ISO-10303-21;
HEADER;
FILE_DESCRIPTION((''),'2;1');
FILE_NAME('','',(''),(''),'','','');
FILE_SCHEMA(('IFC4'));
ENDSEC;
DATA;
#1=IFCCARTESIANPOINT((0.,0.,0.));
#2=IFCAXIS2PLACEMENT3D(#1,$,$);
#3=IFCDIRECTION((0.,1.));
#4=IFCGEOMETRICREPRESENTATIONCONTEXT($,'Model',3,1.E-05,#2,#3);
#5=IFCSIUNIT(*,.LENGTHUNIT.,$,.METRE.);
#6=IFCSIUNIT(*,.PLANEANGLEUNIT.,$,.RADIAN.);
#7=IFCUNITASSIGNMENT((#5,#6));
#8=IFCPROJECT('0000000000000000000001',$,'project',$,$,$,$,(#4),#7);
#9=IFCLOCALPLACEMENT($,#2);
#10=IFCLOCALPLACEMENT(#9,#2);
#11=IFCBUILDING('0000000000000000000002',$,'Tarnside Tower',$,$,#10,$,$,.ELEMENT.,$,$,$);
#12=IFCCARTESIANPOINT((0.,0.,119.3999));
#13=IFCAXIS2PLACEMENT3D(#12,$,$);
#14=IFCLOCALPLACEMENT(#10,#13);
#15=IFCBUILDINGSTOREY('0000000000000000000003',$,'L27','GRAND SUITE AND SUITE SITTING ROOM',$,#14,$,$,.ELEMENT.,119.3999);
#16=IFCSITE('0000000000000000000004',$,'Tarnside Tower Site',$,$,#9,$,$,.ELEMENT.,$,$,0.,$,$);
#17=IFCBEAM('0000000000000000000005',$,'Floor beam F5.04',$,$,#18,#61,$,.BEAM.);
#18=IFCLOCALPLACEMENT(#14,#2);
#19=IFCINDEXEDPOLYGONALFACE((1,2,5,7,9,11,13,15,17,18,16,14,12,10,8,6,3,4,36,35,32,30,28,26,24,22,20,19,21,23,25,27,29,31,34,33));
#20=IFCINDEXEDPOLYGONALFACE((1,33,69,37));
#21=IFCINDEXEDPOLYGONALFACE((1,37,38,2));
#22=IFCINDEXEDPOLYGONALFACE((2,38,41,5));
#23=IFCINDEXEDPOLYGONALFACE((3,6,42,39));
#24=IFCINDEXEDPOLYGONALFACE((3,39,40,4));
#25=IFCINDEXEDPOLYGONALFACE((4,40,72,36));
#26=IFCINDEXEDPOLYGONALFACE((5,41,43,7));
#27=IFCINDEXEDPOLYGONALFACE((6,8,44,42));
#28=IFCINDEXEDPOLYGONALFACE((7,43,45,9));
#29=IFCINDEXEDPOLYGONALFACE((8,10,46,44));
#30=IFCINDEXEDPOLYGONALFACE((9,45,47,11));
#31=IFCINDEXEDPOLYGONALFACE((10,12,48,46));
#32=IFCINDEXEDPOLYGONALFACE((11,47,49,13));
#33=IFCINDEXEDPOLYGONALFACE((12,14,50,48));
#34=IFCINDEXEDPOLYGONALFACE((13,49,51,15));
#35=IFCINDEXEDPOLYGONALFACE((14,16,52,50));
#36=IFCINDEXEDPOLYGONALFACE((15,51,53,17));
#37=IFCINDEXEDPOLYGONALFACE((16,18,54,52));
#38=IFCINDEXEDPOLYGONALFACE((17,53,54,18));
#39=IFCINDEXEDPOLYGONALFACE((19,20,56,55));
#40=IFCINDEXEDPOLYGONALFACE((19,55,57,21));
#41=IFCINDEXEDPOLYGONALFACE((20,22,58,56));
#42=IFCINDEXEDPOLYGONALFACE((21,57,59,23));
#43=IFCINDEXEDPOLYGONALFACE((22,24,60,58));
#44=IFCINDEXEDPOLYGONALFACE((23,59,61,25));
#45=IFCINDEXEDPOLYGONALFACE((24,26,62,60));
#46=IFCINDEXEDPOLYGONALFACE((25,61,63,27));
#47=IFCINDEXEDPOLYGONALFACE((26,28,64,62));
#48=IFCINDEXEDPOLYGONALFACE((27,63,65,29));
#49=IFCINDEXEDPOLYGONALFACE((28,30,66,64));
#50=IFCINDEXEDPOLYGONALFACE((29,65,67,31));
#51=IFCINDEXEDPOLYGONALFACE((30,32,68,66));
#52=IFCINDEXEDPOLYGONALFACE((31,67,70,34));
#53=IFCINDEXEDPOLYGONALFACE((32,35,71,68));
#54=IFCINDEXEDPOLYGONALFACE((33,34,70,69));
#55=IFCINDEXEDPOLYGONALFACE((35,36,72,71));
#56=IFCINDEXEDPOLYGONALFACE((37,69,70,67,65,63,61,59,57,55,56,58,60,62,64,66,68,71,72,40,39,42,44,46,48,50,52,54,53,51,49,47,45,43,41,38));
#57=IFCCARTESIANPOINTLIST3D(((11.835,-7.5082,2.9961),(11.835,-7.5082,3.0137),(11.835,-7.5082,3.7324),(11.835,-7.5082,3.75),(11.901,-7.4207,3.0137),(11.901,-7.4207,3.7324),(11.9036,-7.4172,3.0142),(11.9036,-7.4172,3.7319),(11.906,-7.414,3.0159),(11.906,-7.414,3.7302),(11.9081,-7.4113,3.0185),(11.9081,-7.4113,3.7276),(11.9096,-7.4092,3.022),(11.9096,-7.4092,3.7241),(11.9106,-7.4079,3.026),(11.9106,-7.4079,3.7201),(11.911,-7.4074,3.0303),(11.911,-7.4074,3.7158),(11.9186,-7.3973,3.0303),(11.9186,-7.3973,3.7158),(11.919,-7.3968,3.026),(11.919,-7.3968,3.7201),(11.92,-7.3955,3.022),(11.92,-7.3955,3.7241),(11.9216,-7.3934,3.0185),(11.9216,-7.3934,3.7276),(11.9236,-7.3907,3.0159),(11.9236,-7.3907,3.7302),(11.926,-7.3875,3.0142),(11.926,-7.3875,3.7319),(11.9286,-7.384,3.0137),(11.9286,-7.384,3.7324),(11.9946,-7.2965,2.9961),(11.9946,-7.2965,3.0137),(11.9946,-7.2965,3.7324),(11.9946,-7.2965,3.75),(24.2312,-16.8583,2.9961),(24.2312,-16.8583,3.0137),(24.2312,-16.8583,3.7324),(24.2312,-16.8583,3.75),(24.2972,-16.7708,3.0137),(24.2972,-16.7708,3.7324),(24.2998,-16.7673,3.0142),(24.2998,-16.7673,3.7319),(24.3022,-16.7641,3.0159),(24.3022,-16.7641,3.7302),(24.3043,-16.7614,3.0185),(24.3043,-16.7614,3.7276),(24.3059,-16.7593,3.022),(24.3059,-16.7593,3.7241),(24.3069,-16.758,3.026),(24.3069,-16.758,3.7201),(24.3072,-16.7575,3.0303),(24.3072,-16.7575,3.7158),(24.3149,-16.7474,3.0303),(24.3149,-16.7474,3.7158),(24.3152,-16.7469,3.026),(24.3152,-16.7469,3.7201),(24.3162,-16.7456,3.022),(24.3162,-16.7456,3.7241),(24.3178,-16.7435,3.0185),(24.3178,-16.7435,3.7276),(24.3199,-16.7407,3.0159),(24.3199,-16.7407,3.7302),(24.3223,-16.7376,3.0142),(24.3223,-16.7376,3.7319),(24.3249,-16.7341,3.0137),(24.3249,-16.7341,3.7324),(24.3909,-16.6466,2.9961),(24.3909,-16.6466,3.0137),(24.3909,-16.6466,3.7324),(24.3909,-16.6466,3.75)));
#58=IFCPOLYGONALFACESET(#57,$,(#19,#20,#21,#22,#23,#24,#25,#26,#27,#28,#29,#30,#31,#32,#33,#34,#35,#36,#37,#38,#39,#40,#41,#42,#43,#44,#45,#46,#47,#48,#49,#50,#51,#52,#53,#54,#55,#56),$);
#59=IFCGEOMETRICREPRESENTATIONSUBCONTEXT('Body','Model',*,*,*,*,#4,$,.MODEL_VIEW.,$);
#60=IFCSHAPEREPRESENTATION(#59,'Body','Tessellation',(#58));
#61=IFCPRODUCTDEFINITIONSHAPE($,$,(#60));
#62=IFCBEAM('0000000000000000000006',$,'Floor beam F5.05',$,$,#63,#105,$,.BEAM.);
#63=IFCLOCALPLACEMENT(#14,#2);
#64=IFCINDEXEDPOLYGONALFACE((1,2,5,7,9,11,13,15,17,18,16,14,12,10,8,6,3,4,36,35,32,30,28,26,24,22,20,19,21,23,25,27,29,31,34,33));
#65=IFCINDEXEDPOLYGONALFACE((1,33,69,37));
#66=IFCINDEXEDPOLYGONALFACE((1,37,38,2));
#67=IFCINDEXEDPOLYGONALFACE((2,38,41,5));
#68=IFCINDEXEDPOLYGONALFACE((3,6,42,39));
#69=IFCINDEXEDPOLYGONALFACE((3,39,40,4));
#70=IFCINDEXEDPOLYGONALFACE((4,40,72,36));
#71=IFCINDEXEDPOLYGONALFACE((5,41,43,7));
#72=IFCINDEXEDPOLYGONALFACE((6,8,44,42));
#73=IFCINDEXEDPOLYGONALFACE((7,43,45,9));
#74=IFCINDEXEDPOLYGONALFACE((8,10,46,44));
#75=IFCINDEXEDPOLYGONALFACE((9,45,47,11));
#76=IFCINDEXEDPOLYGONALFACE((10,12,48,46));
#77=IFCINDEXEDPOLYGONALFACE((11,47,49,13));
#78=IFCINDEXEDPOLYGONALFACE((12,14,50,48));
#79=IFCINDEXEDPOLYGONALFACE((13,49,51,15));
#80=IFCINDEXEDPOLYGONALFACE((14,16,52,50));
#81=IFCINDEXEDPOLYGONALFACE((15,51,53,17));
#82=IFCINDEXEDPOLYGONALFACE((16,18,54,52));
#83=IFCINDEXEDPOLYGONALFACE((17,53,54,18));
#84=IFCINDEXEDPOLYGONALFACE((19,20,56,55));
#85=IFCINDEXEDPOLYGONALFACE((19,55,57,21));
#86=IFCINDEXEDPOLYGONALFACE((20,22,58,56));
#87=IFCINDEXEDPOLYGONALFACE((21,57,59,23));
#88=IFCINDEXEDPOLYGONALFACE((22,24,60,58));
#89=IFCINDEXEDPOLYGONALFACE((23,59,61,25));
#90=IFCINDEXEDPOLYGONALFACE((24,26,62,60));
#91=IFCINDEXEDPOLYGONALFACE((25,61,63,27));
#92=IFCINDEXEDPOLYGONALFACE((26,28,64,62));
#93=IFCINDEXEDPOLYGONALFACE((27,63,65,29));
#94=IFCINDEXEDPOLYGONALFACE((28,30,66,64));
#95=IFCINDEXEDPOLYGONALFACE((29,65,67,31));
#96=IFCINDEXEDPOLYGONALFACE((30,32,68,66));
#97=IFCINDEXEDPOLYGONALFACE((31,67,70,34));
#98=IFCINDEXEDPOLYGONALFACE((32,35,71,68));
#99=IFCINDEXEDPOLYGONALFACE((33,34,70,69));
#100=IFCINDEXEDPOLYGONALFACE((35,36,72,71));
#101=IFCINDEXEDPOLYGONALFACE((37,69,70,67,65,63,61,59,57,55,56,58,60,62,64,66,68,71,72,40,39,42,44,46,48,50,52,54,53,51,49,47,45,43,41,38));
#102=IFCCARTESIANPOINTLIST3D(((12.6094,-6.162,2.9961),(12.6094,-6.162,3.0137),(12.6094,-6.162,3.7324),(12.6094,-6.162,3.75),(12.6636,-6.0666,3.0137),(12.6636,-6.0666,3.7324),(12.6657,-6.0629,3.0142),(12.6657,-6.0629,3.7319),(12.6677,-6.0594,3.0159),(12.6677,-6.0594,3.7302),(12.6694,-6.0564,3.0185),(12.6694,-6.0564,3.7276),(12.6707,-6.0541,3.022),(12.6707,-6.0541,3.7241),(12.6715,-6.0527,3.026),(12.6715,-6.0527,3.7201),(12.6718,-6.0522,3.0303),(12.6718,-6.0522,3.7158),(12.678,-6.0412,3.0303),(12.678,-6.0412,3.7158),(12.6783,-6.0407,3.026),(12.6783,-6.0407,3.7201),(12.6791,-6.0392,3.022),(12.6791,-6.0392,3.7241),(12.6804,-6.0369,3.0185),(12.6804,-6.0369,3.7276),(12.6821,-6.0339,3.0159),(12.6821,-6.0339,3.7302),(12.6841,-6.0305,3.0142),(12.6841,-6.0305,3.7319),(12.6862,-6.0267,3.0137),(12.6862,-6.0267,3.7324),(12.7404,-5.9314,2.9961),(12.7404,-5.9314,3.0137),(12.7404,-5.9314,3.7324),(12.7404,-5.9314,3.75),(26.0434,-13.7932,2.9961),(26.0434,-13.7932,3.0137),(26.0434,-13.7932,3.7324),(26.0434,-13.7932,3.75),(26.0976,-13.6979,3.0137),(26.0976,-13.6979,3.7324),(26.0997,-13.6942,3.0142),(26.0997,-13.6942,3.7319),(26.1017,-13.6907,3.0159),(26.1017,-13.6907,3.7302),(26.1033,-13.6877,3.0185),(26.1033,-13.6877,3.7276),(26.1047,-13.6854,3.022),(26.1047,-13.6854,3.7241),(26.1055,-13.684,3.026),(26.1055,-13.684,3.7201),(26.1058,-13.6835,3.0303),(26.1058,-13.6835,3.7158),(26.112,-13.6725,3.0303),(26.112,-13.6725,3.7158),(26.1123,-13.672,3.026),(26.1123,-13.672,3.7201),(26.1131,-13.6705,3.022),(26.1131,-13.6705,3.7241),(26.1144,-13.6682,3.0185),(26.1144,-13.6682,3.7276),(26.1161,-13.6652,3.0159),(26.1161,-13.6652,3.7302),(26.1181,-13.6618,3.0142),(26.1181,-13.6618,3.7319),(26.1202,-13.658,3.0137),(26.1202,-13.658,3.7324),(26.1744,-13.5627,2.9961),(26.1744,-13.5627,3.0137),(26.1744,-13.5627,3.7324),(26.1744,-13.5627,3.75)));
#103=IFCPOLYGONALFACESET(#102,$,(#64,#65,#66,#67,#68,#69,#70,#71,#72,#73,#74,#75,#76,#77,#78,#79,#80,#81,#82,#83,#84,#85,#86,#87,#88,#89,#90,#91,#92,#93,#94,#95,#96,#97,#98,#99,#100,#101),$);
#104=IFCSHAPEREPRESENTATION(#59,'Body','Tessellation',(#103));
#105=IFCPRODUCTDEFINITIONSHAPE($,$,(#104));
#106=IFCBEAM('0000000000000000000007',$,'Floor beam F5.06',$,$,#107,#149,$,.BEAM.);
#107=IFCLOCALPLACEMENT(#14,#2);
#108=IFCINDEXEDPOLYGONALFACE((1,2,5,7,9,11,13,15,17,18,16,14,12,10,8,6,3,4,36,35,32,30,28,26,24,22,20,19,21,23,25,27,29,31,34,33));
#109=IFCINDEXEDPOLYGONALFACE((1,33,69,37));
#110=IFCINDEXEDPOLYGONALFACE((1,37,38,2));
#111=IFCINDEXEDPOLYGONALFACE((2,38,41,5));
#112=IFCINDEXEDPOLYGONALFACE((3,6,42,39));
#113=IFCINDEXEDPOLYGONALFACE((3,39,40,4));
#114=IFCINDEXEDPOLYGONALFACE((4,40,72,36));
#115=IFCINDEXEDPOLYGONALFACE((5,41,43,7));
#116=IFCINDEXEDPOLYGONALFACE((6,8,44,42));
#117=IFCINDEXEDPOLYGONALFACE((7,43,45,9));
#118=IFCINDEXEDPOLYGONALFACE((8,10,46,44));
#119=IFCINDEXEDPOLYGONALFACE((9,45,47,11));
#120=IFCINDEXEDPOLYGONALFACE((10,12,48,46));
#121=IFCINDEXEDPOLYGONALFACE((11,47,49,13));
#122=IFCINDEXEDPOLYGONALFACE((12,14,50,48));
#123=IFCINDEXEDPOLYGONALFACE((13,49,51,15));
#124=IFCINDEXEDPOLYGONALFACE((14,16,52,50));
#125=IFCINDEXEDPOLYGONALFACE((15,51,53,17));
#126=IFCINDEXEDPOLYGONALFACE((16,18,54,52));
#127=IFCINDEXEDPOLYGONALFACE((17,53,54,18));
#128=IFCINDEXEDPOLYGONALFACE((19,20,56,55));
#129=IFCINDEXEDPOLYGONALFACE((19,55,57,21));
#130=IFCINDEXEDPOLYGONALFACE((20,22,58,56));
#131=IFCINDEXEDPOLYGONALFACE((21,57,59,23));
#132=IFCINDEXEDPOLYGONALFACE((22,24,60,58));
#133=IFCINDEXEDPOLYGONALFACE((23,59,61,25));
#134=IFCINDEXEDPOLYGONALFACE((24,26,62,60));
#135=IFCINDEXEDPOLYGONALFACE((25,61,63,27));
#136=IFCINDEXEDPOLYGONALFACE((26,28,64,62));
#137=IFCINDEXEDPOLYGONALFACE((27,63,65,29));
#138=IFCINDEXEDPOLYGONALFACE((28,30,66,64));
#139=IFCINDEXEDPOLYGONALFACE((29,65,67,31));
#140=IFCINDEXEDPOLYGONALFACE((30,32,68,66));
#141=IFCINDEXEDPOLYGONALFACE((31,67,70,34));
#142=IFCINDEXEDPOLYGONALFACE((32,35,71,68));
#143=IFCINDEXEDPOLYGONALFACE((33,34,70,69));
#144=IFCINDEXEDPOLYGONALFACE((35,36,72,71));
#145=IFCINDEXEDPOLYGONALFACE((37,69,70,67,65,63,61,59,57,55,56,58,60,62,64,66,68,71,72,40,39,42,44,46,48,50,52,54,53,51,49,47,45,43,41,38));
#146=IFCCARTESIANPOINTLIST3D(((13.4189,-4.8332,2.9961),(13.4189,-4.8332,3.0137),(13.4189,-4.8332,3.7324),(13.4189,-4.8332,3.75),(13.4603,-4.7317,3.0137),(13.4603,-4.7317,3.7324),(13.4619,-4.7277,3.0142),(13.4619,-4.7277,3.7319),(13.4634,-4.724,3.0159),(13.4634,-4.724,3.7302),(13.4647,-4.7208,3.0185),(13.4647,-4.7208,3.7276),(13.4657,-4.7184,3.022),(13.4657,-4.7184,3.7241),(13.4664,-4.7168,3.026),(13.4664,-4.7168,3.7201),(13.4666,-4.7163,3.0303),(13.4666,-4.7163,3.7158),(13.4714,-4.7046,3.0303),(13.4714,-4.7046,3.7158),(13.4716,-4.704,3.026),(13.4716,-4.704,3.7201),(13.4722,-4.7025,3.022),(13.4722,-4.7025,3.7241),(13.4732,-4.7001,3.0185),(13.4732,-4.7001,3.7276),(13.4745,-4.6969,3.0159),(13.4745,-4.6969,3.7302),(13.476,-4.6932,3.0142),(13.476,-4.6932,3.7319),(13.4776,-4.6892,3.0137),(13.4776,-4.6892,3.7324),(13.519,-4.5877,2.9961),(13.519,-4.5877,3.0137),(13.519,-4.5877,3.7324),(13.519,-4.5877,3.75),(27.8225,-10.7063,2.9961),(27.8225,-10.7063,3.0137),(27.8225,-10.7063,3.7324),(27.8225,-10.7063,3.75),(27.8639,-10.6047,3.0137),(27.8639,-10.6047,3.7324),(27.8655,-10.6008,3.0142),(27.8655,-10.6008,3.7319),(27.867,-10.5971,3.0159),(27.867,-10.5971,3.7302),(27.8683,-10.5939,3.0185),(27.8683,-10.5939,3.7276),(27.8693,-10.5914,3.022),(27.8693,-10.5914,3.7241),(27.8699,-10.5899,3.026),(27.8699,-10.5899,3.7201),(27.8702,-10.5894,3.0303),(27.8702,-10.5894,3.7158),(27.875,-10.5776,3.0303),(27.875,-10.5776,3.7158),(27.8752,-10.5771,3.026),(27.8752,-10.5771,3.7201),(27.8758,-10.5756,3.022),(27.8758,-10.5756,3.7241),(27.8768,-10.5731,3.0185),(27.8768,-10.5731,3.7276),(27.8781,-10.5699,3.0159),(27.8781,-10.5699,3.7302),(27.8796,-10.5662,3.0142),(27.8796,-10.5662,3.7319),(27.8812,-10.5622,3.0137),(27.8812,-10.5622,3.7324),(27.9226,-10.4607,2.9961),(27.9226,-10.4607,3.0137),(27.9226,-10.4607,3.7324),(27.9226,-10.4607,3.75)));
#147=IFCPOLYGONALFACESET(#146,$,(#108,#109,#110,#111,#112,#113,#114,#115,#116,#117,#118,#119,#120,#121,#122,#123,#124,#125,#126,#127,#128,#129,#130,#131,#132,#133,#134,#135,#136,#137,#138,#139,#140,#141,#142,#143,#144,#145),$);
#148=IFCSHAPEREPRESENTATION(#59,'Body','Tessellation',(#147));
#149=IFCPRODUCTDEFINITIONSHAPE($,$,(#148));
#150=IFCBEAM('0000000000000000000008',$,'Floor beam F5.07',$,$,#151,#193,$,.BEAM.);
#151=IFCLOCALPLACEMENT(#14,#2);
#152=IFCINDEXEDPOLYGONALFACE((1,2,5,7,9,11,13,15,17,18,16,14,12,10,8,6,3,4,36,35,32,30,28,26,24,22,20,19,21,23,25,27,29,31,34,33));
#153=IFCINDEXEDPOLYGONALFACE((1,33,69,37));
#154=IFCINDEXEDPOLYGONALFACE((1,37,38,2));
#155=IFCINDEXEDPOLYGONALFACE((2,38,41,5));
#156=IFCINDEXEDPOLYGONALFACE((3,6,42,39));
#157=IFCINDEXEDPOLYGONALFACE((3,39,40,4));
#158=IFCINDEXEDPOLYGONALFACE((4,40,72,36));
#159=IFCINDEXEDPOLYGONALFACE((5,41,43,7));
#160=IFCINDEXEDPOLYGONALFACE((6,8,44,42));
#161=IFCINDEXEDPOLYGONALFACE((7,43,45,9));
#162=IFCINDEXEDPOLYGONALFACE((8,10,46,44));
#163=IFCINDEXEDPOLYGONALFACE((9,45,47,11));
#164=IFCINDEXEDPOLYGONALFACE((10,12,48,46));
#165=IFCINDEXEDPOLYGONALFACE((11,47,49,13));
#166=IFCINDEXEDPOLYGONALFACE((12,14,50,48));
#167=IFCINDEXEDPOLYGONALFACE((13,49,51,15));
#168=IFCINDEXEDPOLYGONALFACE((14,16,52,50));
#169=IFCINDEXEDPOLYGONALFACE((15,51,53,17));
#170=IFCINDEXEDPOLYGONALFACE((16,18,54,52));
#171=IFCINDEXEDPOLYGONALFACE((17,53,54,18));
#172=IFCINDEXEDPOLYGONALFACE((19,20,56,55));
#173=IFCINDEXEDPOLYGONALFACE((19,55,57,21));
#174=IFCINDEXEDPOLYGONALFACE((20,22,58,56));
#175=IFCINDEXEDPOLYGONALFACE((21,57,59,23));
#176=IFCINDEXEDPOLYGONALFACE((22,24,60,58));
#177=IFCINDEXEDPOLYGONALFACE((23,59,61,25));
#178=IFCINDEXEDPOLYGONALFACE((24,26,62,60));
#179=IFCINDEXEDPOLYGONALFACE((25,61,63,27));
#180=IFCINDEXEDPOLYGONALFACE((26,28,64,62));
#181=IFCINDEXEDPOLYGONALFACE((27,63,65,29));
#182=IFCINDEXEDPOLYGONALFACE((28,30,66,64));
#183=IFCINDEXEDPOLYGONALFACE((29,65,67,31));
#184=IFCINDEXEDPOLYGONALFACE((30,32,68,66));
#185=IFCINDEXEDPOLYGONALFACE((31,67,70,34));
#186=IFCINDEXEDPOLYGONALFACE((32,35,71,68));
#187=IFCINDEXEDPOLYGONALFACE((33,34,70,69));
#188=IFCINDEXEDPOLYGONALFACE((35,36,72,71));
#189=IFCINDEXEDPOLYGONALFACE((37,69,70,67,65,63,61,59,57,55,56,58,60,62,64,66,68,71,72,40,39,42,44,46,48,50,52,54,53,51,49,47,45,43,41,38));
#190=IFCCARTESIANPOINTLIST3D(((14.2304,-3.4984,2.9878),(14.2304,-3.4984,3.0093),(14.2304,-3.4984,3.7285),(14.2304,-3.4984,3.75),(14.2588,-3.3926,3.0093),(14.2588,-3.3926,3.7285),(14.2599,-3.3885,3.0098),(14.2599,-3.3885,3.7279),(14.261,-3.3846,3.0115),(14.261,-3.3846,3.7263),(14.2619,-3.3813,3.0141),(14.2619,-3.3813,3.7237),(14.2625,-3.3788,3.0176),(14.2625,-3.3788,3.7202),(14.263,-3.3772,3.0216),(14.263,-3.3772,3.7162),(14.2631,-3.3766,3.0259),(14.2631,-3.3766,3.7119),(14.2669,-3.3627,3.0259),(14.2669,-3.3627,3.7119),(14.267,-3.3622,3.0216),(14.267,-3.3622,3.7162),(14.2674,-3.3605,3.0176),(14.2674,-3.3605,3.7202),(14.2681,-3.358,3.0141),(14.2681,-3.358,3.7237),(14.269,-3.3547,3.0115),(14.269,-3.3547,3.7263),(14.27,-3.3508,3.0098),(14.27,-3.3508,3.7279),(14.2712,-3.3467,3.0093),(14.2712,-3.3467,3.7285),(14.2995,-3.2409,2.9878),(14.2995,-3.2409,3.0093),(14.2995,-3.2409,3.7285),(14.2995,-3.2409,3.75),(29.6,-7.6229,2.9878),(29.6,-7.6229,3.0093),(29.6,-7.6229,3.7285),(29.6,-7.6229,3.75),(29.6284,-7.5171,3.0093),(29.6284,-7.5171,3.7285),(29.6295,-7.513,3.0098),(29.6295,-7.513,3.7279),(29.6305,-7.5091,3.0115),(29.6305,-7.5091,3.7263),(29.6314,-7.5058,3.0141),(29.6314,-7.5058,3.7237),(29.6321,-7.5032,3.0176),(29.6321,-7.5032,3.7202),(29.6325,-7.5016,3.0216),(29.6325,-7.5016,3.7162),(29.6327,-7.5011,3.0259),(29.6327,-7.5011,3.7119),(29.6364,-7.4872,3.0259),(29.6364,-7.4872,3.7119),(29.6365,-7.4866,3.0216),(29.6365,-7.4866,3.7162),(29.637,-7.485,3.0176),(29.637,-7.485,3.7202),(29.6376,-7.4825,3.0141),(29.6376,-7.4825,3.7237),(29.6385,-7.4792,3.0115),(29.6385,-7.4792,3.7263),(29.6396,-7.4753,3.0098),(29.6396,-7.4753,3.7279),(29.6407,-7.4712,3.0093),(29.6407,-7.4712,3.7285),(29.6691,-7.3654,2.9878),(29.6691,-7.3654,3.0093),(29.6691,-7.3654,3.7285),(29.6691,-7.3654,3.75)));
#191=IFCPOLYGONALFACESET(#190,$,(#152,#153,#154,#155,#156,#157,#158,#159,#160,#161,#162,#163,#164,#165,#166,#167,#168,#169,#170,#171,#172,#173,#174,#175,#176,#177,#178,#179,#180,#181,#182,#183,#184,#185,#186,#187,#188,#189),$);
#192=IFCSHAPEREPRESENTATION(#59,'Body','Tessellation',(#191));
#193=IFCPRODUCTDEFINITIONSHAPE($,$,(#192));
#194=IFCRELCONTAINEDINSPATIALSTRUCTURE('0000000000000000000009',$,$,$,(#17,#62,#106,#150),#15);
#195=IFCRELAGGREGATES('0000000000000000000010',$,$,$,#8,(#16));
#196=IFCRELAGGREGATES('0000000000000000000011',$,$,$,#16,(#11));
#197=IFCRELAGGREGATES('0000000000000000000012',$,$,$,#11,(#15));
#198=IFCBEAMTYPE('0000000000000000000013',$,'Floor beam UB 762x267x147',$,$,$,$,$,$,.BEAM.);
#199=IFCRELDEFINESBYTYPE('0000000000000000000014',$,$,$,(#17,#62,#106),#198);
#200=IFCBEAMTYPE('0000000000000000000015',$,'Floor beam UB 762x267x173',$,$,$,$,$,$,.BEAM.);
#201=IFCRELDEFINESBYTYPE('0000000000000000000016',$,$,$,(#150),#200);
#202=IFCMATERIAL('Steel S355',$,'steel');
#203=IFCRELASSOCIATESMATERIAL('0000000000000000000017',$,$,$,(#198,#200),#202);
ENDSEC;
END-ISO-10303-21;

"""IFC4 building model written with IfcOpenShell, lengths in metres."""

from ifc_helpers import new_model, si_unit, direction, frame, origin, origin_2d, place, context, subcontext, project, spatial, i_section, extrude, material, material_profile, profile_set, type_object, element, save


model = new_model("IFC4")

# Units and contexts
model_context = context("Model", 3, precision=1e-05, world=origin(), true_north=direction((0.0, 1.0)))
body_context = subcontext(model_context, "Body", "Model", "MODEL_VIEW")
ifc_project = project(units=[si_unit("LENGTHUNIT", "METRE"), si_unit("PLANEANGLEUNIT", "RADIAN")], contexts=[model_context])

# Site, building, storey
site_placement = place(None, origin())
site = spatial("IfcSite", under=ifc_project, at=site_placement, Name="Tarnside Tower Site", CompositionType="ELEMENT", RefElevation=0.0)
building_placement = place(site_placement, origin())
building = spatial("IfcBuilding", under=site, at=building_placement, Name="Tarnside Tower", CompositionType="ELEMENT")
storey_placement = place(building_placement, frame((0.0, 0.0, 119.3999)))
storey = spatial("IfcBuildingStorey", under=building, at=storey_placement, Name="L27", Description="GRAND SUITE AND SUITE SITTING ROOM", CompositionType="ELEMENT", Elevation=119.3999)

# Beams
ifc_material_1 = material(Name="Steel S355", Category="steel")
ifc_material_profile_1 = material_profile(ifc_material_1, i_section(OverallWidth=0.2651, OverallDepth=0.7539, WebThickness=0.0127, FlangeThickness=0.0176, FilletRadius=0.0166, at=origin_2d()), Name="UB 762x267x147")
ifc_profile_set_1 = profile_set([ifc_material_profile_1], Name="Steel S355")
beam_type_1 = type_object("IfcBeamType", Name="Floor beam UB 762x267x147", PredefinedType="BEAM", material=ifc_profile_set_1)
beam_1_placement = place(storey_placement, frame((24.311, -16.7524, 3.373), z_axis=(-0.798361, 0.602179, 0.0), x_axis=(-0.602179, -0.798361, 0.0)))
element("IfcBeam", 1, at=beam_1_placement, inside=storey, type_object=beam_type_1, Name="Floor beam F5.04", PredefinedType="BEAM", context=body_context, shape_type="SweptSolid", body=[
    extrude(i_section(OverallWidth=0.2651, OverallDepth=0.7539, WebThickness=0.0127, FlangeThickness=0.0176, FilletRadius=0.0166, at=origin_2d()), origin(), (0.0, 0.0, 1.0), 15.5271),
])
beam_2_placement = place(storey_placement, frame((26.1089, -13.678, 3.373), z_axis=(-0.869503, 0.493929, 0.0), x_axis=(-0.493929, -0.869503, 0.0)))
element("IfcBeam", 2, at=beam_2_placement, inside=storey, type_object=beam_type_1, Name="Floor beam F5.05", PredefinedType="BEAM", context=body_context, shape_type="SweptSolid", body=[
    extrude(i_section(OverallWidth=0.2651, OverallDepth=0.7539, WebThickness=0.0127, FlangeThickness=0.0176, FilletRadius=0.0166, at=origin_2d()), origin(), (0.0, 0.0, 1.0), 15.4502),
])
beam_3_placement = place(storey_placement, frame((27.8726, -10.5835, 3.373), z_axis=(-0.925982, 0.377569, 0.0), x_axis=(-0.377569, -0.925982, 0.0)))
element("IfcBeam", 3, at=beam_3_placement, inside=storey, type_object=beam_type_1, Name="Floor beam F5.06", PredefinedType="BEAM", context=body_context, shape_type="SweptSolid", body=[
    extrude(i_section(OverallWidth=0.2651, OverallDepth=0.7539, WebThickness=0.0127, FlangeThickness=0.0176, FilletRadius=0.0166, at=origin_2d()), origin(), (0.0, 0.0, 1.0), 15.5549),
])
ifc_material_profile_2 = material_profile(ifc_material_1, i_section(OverallWidth=0.2666, OverallDepth=0.7622, WebThickness=0.0144, FlangeThickness=0.0215, FilletRadius=0.0166, at=origin_2d()), Name="UB 762x267x173")
ifc_profile_set_2 = profile_set([ifc_material_profile_2], Name="Steel S355")
beam_type_2 = type_object("IfcBeamType", Name="Floor beam UB 762x267x173", PredefinedType="BEAM", material=ifc_profile_set_2)
beam_4_placement = place(storey_placement, frame((29.6345, -7.4941, 3.3689), z_axis=(-0.965828, 0.259184, 0.0), x_axis=(-0.259184, -0.965828, 0.0)))
element("IfcBeam", 4, at=beam_4_placement, inside=storey, type_object=beam_type_2, Name="Floor beam F5.07", PredefinedType="BEAM", context=body_context, shape_type="SweptSolid", body=[
    extrude(i_section(OverallWidth=0.2666, OverallDepth=0.7622, WebThickness=0.0144, FlangeThickness=0.0215, FilletRadius=0.0166, at=origin_2d()), origin(), (0.0, 0.0, 1.0), 15.9133),
])

save(model, "model.ifc")
